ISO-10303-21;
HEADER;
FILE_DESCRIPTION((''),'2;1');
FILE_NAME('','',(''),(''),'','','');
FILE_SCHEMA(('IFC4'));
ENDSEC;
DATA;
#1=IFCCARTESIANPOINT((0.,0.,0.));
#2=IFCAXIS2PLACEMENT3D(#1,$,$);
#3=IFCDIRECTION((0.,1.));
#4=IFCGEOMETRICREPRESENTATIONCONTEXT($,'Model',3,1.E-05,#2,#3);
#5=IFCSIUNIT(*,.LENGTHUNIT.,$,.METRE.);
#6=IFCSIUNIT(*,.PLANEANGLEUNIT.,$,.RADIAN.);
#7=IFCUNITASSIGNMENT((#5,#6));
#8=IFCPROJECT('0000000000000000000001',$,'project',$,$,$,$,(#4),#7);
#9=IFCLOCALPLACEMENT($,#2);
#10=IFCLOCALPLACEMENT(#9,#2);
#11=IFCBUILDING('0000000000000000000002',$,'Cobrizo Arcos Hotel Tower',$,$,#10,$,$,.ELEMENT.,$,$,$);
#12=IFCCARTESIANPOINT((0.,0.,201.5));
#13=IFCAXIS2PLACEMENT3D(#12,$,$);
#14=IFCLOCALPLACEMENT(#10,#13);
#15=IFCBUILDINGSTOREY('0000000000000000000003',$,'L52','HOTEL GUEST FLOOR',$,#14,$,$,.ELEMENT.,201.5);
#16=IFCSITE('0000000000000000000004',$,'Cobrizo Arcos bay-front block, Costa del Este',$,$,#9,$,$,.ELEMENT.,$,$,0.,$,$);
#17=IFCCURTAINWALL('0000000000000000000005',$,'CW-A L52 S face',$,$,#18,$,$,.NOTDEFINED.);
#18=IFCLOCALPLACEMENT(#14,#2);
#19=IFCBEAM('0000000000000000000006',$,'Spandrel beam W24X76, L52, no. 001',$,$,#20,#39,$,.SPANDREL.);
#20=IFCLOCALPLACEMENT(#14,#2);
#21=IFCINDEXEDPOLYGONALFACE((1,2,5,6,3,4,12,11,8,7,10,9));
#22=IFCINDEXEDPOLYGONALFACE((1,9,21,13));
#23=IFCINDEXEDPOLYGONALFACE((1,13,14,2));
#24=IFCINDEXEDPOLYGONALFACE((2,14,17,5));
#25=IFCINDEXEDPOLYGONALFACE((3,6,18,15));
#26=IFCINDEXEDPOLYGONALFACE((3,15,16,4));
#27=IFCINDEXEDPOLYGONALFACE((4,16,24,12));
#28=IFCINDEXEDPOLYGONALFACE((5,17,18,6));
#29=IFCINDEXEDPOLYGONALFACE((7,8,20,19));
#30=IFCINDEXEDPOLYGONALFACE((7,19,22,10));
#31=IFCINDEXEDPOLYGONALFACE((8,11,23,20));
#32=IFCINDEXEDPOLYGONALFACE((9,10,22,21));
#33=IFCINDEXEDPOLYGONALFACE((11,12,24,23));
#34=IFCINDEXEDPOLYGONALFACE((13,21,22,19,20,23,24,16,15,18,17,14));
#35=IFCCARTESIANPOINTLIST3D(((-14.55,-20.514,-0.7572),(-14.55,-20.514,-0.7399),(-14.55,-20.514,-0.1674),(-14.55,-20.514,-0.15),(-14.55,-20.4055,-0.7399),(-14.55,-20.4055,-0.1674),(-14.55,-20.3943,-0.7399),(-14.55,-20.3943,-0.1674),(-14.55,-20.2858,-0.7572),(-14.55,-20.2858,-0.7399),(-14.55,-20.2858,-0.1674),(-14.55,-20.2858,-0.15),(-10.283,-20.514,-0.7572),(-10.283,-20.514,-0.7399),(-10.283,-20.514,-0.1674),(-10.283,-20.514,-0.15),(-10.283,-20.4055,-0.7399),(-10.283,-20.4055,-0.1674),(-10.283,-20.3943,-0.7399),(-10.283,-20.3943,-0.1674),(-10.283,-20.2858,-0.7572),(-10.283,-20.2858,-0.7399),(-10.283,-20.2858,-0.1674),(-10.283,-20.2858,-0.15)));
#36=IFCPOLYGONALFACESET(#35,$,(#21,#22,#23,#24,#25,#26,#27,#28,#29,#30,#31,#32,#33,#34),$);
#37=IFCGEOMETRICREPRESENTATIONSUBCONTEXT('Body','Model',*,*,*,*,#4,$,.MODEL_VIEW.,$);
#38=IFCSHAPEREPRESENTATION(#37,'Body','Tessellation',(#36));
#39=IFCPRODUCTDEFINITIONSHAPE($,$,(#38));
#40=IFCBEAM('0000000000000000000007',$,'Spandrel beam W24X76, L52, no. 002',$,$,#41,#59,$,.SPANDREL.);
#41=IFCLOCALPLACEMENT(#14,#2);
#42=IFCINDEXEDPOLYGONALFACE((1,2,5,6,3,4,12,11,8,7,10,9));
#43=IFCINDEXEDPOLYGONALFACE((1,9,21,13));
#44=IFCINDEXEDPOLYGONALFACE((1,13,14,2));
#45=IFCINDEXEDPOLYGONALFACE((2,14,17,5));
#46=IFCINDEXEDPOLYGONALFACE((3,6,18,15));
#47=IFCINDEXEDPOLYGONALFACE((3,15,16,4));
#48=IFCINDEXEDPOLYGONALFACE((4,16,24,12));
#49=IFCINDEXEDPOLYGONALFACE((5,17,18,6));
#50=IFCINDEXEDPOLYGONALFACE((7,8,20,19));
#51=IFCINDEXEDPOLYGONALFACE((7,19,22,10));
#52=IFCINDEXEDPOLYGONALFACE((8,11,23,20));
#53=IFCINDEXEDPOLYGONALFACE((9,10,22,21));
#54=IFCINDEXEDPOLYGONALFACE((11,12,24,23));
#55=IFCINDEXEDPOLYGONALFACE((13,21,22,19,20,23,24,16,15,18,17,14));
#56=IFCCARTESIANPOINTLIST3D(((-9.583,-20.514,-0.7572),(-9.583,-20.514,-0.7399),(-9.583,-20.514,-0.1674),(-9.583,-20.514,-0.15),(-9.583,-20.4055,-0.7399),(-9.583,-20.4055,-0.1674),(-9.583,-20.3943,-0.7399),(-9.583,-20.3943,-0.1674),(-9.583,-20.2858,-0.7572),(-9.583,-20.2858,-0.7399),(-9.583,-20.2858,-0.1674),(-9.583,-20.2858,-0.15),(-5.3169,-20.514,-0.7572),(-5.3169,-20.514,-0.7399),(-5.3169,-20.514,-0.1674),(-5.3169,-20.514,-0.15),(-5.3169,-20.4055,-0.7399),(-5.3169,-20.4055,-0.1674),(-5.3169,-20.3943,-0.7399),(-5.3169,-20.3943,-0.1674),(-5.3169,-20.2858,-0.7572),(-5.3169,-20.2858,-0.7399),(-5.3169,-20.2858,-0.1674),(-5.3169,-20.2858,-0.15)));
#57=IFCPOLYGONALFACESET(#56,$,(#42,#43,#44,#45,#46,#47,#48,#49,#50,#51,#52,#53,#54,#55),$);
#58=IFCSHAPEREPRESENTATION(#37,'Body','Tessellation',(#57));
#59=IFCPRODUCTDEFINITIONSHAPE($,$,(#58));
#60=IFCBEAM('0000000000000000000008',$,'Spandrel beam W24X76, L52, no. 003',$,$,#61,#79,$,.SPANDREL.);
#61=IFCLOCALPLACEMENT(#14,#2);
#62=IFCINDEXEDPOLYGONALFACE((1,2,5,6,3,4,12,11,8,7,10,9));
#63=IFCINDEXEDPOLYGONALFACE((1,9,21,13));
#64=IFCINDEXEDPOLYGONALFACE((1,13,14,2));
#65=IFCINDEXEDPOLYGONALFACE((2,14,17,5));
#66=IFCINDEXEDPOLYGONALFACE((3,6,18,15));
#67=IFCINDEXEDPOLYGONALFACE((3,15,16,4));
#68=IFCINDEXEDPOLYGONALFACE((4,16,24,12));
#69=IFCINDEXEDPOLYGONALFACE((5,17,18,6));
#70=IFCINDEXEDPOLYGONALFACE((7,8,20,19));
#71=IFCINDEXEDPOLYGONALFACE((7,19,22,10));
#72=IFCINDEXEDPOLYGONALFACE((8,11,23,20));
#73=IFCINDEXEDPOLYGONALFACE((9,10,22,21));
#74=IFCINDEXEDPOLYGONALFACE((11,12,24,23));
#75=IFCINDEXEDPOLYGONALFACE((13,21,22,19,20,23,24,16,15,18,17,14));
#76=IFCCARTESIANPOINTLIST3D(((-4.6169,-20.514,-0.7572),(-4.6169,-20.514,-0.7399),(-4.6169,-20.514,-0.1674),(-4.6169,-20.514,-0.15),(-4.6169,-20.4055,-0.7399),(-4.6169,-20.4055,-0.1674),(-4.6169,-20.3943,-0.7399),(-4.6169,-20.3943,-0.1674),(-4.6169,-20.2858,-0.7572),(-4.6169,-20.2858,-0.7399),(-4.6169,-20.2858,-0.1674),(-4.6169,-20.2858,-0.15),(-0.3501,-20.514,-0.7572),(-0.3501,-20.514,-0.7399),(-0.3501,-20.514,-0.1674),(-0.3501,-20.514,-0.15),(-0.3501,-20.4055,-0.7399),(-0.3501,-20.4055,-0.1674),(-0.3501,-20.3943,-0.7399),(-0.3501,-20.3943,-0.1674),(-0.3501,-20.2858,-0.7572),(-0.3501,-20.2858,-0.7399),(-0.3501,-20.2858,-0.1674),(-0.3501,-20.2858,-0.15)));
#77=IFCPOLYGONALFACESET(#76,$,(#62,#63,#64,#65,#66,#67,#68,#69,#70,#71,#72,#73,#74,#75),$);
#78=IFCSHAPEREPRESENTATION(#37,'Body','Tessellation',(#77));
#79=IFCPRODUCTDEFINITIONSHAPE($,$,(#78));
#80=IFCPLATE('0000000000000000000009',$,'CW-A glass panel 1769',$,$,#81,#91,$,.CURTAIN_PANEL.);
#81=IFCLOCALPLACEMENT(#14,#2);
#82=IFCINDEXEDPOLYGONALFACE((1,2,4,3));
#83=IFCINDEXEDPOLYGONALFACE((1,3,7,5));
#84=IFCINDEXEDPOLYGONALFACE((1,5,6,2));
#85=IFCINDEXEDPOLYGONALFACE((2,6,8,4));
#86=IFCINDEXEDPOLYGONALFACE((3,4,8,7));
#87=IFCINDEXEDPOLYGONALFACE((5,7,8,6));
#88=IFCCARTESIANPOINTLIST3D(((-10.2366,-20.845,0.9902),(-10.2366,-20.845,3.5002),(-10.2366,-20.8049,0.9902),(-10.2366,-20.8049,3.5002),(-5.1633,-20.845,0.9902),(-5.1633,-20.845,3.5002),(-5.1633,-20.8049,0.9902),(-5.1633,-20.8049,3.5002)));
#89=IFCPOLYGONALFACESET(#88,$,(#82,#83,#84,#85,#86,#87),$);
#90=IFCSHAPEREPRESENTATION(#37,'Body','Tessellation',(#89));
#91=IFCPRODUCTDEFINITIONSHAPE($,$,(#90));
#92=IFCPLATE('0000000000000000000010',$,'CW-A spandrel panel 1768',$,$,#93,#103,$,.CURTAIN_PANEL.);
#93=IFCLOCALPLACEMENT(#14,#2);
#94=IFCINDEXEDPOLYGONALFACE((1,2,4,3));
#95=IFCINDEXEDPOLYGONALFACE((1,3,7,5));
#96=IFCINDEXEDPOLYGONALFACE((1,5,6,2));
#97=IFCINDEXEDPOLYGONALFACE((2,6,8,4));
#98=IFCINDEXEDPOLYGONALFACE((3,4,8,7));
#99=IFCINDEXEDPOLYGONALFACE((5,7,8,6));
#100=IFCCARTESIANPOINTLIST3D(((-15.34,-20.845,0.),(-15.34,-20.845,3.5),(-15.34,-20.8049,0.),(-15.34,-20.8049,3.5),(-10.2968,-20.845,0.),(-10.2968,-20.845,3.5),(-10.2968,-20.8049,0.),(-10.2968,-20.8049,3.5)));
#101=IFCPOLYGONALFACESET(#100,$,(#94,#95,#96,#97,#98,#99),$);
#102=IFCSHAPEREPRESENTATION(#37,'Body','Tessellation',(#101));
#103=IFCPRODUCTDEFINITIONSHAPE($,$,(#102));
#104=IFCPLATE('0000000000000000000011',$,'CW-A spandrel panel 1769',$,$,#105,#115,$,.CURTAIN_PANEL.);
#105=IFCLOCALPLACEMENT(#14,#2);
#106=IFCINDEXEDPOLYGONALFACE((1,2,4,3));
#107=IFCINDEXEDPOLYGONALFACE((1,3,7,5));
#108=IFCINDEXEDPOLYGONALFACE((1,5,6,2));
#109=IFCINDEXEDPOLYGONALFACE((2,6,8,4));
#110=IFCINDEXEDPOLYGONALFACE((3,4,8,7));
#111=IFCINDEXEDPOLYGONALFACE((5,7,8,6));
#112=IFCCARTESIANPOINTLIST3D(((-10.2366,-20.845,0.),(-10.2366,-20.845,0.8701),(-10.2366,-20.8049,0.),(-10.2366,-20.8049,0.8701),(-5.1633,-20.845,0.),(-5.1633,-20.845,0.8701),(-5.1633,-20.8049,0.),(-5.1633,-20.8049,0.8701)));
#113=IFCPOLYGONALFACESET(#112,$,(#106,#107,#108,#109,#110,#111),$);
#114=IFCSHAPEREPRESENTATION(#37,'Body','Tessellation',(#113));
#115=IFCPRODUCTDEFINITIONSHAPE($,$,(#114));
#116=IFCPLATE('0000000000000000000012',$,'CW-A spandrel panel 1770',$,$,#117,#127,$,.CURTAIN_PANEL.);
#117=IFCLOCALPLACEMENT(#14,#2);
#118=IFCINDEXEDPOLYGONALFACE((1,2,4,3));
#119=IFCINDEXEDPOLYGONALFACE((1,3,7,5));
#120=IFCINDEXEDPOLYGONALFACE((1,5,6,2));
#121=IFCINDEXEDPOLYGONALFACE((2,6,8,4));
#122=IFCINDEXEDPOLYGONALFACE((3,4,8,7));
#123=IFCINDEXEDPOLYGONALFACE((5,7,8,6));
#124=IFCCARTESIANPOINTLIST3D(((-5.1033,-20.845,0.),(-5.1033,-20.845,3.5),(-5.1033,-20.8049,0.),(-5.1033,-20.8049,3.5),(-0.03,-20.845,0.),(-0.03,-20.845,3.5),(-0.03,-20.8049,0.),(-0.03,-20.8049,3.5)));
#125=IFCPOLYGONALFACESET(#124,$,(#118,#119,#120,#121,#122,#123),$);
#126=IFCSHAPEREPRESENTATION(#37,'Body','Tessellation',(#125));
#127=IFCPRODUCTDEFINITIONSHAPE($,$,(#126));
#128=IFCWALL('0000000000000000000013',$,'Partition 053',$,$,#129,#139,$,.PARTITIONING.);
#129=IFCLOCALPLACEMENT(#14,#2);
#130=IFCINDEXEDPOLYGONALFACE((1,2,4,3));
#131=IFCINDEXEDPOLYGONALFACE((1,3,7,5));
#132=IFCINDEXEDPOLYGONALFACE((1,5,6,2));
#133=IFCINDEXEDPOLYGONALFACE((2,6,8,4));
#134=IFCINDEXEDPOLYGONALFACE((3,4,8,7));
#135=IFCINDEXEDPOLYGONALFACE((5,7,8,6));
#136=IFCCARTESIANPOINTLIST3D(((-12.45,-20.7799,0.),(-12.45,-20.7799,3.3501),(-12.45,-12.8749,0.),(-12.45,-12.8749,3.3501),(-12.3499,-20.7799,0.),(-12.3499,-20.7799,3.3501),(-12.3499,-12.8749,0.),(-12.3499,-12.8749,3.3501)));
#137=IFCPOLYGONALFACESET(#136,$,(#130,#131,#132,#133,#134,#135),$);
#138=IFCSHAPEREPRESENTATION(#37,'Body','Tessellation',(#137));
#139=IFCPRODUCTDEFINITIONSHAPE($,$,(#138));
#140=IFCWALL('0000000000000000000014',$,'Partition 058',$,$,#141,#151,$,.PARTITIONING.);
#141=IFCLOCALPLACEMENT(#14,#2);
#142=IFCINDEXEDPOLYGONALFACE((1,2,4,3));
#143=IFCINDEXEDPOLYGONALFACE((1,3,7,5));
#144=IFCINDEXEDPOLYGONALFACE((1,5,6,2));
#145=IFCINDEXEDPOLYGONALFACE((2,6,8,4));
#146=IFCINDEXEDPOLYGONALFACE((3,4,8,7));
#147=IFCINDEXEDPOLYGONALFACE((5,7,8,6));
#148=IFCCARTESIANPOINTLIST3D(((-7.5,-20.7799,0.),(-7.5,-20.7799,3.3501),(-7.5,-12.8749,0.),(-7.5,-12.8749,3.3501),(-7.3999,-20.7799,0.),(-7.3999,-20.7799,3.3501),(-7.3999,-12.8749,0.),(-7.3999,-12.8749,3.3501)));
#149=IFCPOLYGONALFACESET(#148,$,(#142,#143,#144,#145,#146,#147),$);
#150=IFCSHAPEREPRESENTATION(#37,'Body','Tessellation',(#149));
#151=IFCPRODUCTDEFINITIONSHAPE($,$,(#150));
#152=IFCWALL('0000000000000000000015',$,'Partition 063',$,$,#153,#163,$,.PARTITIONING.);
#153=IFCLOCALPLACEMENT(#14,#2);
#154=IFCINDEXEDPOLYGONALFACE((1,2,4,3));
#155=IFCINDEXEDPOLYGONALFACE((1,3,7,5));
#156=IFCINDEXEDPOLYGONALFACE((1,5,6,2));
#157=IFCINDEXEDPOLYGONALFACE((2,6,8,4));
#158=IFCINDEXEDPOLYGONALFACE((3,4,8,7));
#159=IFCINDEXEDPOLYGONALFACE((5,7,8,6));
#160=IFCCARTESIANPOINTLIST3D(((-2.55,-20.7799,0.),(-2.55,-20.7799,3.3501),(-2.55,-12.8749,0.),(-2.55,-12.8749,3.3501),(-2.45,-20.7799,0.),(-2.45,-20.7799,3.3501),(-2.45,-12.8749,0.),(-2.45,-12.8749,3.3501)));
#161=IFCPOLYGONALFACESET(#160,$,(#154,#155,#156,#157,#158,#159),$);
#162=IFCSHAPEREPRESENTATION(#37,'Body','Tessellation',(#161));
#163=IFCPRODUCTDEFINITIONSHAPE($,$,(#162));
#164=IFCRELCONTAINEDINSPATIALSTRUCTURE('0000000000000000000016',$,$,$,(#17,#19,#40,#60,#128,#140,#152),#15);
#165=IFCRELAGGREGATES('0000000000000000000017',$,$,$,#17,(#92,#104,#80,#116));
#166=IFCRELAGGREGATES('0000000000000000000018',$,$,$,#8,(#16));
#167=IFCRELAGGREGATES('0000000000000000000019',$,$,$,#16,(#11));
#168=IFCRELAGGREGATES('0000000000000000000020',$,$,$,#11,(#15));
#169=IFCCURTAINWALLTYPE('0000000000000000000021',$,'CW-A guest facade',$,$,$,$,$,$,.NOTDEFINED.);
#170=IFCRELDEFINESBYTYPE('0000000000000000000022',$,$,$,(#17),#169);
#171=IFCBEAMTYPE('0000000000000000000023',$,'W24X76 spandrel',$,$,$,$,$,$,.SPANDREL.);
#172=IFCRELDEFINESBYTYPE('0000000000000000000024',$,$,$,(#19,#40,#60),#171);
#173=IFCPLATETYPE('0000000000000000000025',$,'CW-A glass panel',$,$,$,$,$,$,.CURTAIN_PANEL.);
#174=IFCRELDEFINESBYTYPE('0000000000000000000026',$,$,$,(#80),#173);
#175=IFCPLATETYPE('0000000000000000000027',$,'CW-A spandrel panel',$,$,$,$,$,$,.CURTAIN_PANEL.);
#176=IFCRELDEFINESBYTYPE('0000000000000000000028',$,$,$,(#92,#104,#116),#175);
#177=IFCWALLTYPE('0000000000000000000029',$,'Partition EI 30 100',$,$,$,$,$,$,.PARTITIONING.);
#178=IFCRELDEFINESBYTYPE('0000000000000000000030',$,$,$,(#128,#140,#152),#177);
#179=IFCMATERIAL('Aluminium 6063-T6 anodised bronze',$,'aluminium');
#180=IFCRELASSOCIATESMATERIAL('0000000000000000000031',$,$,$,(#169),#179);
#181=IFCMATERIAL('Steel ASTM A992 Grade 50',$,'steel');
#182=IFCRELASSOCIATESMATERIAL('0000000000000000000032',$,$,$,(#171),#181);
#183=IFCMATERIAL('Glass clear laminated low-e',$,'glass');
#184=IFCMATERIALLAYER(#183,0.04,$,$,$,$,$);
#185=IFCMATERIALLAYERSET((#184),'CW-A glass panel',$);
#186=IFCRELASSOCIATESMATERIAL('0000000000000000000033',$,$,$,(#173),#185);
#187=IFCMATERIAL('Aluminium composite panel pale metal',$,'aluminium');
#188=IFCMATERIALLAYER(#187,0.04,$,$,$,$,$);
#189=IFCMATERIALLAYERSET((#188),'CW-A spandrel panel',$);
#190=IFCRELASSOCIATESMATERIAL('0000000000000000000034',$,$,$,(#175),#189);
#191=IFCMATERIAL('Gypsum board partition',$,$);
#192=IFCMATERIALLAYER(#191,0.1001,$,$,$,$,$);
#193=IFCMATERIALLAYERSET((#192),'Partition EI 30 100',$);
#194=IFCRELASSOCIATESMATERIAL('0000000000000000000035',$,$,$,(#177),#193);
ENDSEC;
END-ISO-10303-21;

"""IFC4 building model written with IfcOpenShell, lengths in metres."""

from ifc_helpers import new_model, si_unit, direction, frame, frame_2d, origin, origin_2d, place, context, subcontext, project, spatial, rectangle, i_section, extrude, material, layer, layer_set, material_profile, profile_set, type_object, element, aggregate, save


model = new_model("IFC4")

# Units and contexts
model_context = context("Model", 3, precision=1e-05, world=origin(), true_north=direction((0.0, 1.0)))
body_context = subcontext(model_context, "Body", "Model", "MODEL_VIEW")
ifc_project = project(units=[si_unit("LENGTHUNIT", "METRE"), si_unit("PLANEANGLEUNIT", "RADIAN")], contexts=[model_context])

# Site, building, storey
site_placement = place(None, origin())
site = spatial("IfcSite", under=ifc_project, at=site_placement, Name="Cobrizo Arcos bay-front block, Costa del Este", CompositionType="ELEMENT", RefElevation=0.0)
building_placement = place(site_placement, origin())
building = spatial("IfcBuilding", under=site, at=building_placement, Name="Cobrizo Arcos Hotel Tower", CompositionType="ELEMENT")
storey_placement = place(building_placement, frame((0.0, 0.0, 201.5)))
storey = spatial("IfcBuildingStorey", under=building, at=storey_placement, Name="L52", Description="HOTEL GUEST FLOOR", CompositionType="ELEMENT", Elevation=201.5)

# Curtain wall
ifc_material_1 = material(Name="Aluminium 6063-T6 anodised bronze", Category="aluminium")
curtain_wall_type = type_object("IfcCurtainWallType", Name="CW-A guest facade", PredefinedType="NOTDEFINED", material=ifc_material_1)
curtain_wall_placement = place(storey_placement, origin())
curtain_wall = element("IfcCurtainWall", 1, at=curtain_wall_placement, inside=storey, type_object=curtain_wall_type, Name="CW-A L52 S face", PredefinedType="NOTDEFINED")

# Beams
ifc_material_2 = material(Name="Steel ASTM A992 Grade 50", Category="steel")
ifc_material_profile_1 = material_profile(ifc_material_2, i_section(OverallWidth=0.2283, OverallDepth=0.6072, WebThickness=0.0112, FlangeThickness=0.0173, at=origin_2d()), Name="W24X76")
ifc_profile_set_1 = profile_set([ifc_material_profile_1], Name="Steel ASTM A992 Grade 50")
beam_type_1 = type_object("IfcBeamType", Name="W24X76 spandrel", PredefinedType="SPANDREL", material=ifc_profile_set_1)
beam_1_placement = place(storey_placement, frame((-14.55, -20.3999, -0.4536), z_axis=(1.0, 0.0, 0.0), x_axis=(0.0, 1.0, 0.0)))
element("IfcBeam", 2, at=beam_1_placement, inside=storey, type_object=beam_type_1, Name="Spandrel beam W24X76, L52, no. 001", PredefinedType="SPANDREL", context=body_context, shape_type="SweptSolid", body=[
    extrude(i_section(OverallWidth=0.2283, OverallDepth=0.6072, WebThickness=0.0112, FlangeThickness=0.0173, at=origin_2d()), origin(), (0.0, 0.0, 1.0), 4.2671),
])
beam_2_placement = place(storey_placement, frame((-9.583, -20.3999, -0.4536), z_axis=(1.0, 0.0, 0.0), x_axis=(0.0, 1.0, 0.0)))
element("IfcBeam", 3, at=beam_2_placement, inside=storey, type_object=beam_type_1, Name="Spandrel beam W24X76, L52, no. 002", PredefinedType="SPANDREL", context=body_context, shape_type="SweptSolid", body=[
    extrude(i_section(OverallWidth=0.2283, OverallDepth=0.6072, WebThickness=0.0112, FlangeThickness=0.0173, at=origin_2d()), origin(), (0.0, 0.0, 1.0), 4.2661),
])
beam_3_placement = place(storey_placement, frame((-4.6169, -20.3999, -0.4536), z_axis=(1.0, 0.0, 0.0), x_axis=(0.0, 1.0, 0.0)))
element("IfcBeam", 4, at=beam_3_placement, inside=storey, type_object=beam_type_1, Name="Spandrel beam W24X76, L52, no. 003", PredefinedType="SPANDREL", context=body_context, shape_type="SweptSolid", body=[
    extrude(i_section(OverallWidth=0.2283, OverallDepth=0.6072, WebThickness=0.0112, FlangeThickness=0.0173, at=origin_2d()), origin(), (0.0, 0.0, 1.0), 4.2668),
])

# Plates
ifc_material_3 = material(Name="Glass clear laminated low-e", Category="glass")
ifc_layer_1 = layer(ifc_material_3, 0.04)
ifc_layer_set_1 = layer_set([ifc_layer_1], Name="CW-A glass panel")
plate_type_1 = type_object("IfcPlateType", Name="CW-A glass panel", PredefinedType="CURTAIN_PANEL", material=ifc_layer_set_1)
plate_1_placement = place(storey_placement, frame((-7.7, -20.825, 0.9902), z_axis=(0.0, 0.0, 1.0), x_axis=(1.0, 0.0, 0.0)))
plate_1 = element("IfcPlate", 5, at=plate_1_placement, type_object=plate_type_1, Name="CW-A glass panel 1769", PredefinedType="CURTAIN_PANEL", context=body_context, shape_type="SweptSolid", body=[
    extrude(rectangle(XDim=5.0732, YDim=0.04, at=origin_2d()), origin(), (0.0, 0.0, 1.0), 2.51),
])
ifc_material_4 = material(Name="Aluminium composite panel pale metal", Category="aluminium")
ifc_layer_2 = layer(ifc_material_4, 0.04)
ifc_layer_set_2 = layer_set([ifc_layer_2], Name="CW-A spandrel panel")
plate_type_2 = type_object("IfcPlateType", Name="CW-A spandrel panel", PredefinedType="CURTAIN_PANEL", material=ifc_layer_set_2)
plate_2_placement = place(storey_placement, frame((-12.8184, -20.825, 0.0), z_axis=(0.0, 0.0, 1.0), x_axis=(1.0, 0.0, 0.0)))
plate_2 = element("IfcPlate", 6, at=plate_2_placement, type_object=plate_type_2, Name="CW-A spandrel panel 1768", PredefinedType="CURTAIN_PANEL", context=body_context, shape_type="SweptSolid", body=[
    extrude(rectangle(XDim=5.0432, YDim=0.04, at=origin_2d()), origin(), (0.0, 0.0, 1.0), 3.5),
])
plate_3_placement = place(storey_placement, frame((-7.7, -20.825, 0.0), z_axis=(0.0, 0.0, 1.0), x_axis=(1.0, 0.0, 0.0)))
plate_3 = element("IfcPlate", 7, at=plate_3_placement, type_object=plate_type_2, Name="CW-A spandrel panel 1769", PredefinedType="CURTAIN_PANEL", context=body_context, shape_type="SweptSolid", body=[
    extrude(rectangle(XDim=5.0732, YDim=0.04, at=origin_2d()), origin(), (0.0, 0.0, 1.0), 0.8701),
])
plate_4_placement = place(storey_placement, frame((-2.5667, -20.825, 0.0), z_axis=(0.0, 0.0, 1.0), x_axis=(1.0, 0.0, 0.0)))
plate_4 = element("IfcPlate", 8, at=plate_4_placement, type_object=plate_type_2, Name="CW-A spandrel panel 1770", PredefinedType="CURTAIN_PANEL", context=body_context, shape_type="SweptSolid", body=[
    extrude(rectangle(XDim=5.0732, YDim=0.04, at=origin_2d()), origin(), (0.0, 0.0, 1.0), 3.5),
])
aggregate(curtain_wall, [plate_2, plate_3, plate_1, plate_4])

# Walls
ifc_material_5 = material(Name="Gypsum board partition")
ifc_layer_3 = layer(ifc_material_5, 0.1001)
ifc_layer_set_3 = layer_set([ifc_layer_3], Name="Partition EI 30 100")
wall_type = type_object("IfcWallType", Name="Partition EI 30 100", PredefinedType="PARTITIONING", material=ifc_layer_set_3)
for number, where, z_axis, x_axis, name in (
    (9, (-12.3999, -20.78, 0.0), (0.0, 0.0, 1.0), (0.0, 1.0, 0.0), "Partition 053"),
    (10, (-7.45, -20.78, 0.0), (0.0, 0.0, 1.0), (0.0, 1.0, 0.0), "Partition 058"),
    (11, (-2.5, -20.78, 0.0), (0.0, 0.0, 1.0), (0.0, 1.0, 0.0), "Partition 063"),
):
    element("IfcWall", number, at=place(storey_placement, frame(where, z_axis=z_axis, x_axis=x_axis)), inside=storey, type_object=wall_type, Name=name, PredefinedType="PARTITIONING", context=body_context, shape_type="SweptSolid", body=[
        extrude(rectangle(XDim=7.905, YDim=0.1001, at=frame_2d((3.9526, 0.0))), origin(), (0.0, 0.0, 1.0), 3.3501),
    ])

save(model, "model.ifc")
